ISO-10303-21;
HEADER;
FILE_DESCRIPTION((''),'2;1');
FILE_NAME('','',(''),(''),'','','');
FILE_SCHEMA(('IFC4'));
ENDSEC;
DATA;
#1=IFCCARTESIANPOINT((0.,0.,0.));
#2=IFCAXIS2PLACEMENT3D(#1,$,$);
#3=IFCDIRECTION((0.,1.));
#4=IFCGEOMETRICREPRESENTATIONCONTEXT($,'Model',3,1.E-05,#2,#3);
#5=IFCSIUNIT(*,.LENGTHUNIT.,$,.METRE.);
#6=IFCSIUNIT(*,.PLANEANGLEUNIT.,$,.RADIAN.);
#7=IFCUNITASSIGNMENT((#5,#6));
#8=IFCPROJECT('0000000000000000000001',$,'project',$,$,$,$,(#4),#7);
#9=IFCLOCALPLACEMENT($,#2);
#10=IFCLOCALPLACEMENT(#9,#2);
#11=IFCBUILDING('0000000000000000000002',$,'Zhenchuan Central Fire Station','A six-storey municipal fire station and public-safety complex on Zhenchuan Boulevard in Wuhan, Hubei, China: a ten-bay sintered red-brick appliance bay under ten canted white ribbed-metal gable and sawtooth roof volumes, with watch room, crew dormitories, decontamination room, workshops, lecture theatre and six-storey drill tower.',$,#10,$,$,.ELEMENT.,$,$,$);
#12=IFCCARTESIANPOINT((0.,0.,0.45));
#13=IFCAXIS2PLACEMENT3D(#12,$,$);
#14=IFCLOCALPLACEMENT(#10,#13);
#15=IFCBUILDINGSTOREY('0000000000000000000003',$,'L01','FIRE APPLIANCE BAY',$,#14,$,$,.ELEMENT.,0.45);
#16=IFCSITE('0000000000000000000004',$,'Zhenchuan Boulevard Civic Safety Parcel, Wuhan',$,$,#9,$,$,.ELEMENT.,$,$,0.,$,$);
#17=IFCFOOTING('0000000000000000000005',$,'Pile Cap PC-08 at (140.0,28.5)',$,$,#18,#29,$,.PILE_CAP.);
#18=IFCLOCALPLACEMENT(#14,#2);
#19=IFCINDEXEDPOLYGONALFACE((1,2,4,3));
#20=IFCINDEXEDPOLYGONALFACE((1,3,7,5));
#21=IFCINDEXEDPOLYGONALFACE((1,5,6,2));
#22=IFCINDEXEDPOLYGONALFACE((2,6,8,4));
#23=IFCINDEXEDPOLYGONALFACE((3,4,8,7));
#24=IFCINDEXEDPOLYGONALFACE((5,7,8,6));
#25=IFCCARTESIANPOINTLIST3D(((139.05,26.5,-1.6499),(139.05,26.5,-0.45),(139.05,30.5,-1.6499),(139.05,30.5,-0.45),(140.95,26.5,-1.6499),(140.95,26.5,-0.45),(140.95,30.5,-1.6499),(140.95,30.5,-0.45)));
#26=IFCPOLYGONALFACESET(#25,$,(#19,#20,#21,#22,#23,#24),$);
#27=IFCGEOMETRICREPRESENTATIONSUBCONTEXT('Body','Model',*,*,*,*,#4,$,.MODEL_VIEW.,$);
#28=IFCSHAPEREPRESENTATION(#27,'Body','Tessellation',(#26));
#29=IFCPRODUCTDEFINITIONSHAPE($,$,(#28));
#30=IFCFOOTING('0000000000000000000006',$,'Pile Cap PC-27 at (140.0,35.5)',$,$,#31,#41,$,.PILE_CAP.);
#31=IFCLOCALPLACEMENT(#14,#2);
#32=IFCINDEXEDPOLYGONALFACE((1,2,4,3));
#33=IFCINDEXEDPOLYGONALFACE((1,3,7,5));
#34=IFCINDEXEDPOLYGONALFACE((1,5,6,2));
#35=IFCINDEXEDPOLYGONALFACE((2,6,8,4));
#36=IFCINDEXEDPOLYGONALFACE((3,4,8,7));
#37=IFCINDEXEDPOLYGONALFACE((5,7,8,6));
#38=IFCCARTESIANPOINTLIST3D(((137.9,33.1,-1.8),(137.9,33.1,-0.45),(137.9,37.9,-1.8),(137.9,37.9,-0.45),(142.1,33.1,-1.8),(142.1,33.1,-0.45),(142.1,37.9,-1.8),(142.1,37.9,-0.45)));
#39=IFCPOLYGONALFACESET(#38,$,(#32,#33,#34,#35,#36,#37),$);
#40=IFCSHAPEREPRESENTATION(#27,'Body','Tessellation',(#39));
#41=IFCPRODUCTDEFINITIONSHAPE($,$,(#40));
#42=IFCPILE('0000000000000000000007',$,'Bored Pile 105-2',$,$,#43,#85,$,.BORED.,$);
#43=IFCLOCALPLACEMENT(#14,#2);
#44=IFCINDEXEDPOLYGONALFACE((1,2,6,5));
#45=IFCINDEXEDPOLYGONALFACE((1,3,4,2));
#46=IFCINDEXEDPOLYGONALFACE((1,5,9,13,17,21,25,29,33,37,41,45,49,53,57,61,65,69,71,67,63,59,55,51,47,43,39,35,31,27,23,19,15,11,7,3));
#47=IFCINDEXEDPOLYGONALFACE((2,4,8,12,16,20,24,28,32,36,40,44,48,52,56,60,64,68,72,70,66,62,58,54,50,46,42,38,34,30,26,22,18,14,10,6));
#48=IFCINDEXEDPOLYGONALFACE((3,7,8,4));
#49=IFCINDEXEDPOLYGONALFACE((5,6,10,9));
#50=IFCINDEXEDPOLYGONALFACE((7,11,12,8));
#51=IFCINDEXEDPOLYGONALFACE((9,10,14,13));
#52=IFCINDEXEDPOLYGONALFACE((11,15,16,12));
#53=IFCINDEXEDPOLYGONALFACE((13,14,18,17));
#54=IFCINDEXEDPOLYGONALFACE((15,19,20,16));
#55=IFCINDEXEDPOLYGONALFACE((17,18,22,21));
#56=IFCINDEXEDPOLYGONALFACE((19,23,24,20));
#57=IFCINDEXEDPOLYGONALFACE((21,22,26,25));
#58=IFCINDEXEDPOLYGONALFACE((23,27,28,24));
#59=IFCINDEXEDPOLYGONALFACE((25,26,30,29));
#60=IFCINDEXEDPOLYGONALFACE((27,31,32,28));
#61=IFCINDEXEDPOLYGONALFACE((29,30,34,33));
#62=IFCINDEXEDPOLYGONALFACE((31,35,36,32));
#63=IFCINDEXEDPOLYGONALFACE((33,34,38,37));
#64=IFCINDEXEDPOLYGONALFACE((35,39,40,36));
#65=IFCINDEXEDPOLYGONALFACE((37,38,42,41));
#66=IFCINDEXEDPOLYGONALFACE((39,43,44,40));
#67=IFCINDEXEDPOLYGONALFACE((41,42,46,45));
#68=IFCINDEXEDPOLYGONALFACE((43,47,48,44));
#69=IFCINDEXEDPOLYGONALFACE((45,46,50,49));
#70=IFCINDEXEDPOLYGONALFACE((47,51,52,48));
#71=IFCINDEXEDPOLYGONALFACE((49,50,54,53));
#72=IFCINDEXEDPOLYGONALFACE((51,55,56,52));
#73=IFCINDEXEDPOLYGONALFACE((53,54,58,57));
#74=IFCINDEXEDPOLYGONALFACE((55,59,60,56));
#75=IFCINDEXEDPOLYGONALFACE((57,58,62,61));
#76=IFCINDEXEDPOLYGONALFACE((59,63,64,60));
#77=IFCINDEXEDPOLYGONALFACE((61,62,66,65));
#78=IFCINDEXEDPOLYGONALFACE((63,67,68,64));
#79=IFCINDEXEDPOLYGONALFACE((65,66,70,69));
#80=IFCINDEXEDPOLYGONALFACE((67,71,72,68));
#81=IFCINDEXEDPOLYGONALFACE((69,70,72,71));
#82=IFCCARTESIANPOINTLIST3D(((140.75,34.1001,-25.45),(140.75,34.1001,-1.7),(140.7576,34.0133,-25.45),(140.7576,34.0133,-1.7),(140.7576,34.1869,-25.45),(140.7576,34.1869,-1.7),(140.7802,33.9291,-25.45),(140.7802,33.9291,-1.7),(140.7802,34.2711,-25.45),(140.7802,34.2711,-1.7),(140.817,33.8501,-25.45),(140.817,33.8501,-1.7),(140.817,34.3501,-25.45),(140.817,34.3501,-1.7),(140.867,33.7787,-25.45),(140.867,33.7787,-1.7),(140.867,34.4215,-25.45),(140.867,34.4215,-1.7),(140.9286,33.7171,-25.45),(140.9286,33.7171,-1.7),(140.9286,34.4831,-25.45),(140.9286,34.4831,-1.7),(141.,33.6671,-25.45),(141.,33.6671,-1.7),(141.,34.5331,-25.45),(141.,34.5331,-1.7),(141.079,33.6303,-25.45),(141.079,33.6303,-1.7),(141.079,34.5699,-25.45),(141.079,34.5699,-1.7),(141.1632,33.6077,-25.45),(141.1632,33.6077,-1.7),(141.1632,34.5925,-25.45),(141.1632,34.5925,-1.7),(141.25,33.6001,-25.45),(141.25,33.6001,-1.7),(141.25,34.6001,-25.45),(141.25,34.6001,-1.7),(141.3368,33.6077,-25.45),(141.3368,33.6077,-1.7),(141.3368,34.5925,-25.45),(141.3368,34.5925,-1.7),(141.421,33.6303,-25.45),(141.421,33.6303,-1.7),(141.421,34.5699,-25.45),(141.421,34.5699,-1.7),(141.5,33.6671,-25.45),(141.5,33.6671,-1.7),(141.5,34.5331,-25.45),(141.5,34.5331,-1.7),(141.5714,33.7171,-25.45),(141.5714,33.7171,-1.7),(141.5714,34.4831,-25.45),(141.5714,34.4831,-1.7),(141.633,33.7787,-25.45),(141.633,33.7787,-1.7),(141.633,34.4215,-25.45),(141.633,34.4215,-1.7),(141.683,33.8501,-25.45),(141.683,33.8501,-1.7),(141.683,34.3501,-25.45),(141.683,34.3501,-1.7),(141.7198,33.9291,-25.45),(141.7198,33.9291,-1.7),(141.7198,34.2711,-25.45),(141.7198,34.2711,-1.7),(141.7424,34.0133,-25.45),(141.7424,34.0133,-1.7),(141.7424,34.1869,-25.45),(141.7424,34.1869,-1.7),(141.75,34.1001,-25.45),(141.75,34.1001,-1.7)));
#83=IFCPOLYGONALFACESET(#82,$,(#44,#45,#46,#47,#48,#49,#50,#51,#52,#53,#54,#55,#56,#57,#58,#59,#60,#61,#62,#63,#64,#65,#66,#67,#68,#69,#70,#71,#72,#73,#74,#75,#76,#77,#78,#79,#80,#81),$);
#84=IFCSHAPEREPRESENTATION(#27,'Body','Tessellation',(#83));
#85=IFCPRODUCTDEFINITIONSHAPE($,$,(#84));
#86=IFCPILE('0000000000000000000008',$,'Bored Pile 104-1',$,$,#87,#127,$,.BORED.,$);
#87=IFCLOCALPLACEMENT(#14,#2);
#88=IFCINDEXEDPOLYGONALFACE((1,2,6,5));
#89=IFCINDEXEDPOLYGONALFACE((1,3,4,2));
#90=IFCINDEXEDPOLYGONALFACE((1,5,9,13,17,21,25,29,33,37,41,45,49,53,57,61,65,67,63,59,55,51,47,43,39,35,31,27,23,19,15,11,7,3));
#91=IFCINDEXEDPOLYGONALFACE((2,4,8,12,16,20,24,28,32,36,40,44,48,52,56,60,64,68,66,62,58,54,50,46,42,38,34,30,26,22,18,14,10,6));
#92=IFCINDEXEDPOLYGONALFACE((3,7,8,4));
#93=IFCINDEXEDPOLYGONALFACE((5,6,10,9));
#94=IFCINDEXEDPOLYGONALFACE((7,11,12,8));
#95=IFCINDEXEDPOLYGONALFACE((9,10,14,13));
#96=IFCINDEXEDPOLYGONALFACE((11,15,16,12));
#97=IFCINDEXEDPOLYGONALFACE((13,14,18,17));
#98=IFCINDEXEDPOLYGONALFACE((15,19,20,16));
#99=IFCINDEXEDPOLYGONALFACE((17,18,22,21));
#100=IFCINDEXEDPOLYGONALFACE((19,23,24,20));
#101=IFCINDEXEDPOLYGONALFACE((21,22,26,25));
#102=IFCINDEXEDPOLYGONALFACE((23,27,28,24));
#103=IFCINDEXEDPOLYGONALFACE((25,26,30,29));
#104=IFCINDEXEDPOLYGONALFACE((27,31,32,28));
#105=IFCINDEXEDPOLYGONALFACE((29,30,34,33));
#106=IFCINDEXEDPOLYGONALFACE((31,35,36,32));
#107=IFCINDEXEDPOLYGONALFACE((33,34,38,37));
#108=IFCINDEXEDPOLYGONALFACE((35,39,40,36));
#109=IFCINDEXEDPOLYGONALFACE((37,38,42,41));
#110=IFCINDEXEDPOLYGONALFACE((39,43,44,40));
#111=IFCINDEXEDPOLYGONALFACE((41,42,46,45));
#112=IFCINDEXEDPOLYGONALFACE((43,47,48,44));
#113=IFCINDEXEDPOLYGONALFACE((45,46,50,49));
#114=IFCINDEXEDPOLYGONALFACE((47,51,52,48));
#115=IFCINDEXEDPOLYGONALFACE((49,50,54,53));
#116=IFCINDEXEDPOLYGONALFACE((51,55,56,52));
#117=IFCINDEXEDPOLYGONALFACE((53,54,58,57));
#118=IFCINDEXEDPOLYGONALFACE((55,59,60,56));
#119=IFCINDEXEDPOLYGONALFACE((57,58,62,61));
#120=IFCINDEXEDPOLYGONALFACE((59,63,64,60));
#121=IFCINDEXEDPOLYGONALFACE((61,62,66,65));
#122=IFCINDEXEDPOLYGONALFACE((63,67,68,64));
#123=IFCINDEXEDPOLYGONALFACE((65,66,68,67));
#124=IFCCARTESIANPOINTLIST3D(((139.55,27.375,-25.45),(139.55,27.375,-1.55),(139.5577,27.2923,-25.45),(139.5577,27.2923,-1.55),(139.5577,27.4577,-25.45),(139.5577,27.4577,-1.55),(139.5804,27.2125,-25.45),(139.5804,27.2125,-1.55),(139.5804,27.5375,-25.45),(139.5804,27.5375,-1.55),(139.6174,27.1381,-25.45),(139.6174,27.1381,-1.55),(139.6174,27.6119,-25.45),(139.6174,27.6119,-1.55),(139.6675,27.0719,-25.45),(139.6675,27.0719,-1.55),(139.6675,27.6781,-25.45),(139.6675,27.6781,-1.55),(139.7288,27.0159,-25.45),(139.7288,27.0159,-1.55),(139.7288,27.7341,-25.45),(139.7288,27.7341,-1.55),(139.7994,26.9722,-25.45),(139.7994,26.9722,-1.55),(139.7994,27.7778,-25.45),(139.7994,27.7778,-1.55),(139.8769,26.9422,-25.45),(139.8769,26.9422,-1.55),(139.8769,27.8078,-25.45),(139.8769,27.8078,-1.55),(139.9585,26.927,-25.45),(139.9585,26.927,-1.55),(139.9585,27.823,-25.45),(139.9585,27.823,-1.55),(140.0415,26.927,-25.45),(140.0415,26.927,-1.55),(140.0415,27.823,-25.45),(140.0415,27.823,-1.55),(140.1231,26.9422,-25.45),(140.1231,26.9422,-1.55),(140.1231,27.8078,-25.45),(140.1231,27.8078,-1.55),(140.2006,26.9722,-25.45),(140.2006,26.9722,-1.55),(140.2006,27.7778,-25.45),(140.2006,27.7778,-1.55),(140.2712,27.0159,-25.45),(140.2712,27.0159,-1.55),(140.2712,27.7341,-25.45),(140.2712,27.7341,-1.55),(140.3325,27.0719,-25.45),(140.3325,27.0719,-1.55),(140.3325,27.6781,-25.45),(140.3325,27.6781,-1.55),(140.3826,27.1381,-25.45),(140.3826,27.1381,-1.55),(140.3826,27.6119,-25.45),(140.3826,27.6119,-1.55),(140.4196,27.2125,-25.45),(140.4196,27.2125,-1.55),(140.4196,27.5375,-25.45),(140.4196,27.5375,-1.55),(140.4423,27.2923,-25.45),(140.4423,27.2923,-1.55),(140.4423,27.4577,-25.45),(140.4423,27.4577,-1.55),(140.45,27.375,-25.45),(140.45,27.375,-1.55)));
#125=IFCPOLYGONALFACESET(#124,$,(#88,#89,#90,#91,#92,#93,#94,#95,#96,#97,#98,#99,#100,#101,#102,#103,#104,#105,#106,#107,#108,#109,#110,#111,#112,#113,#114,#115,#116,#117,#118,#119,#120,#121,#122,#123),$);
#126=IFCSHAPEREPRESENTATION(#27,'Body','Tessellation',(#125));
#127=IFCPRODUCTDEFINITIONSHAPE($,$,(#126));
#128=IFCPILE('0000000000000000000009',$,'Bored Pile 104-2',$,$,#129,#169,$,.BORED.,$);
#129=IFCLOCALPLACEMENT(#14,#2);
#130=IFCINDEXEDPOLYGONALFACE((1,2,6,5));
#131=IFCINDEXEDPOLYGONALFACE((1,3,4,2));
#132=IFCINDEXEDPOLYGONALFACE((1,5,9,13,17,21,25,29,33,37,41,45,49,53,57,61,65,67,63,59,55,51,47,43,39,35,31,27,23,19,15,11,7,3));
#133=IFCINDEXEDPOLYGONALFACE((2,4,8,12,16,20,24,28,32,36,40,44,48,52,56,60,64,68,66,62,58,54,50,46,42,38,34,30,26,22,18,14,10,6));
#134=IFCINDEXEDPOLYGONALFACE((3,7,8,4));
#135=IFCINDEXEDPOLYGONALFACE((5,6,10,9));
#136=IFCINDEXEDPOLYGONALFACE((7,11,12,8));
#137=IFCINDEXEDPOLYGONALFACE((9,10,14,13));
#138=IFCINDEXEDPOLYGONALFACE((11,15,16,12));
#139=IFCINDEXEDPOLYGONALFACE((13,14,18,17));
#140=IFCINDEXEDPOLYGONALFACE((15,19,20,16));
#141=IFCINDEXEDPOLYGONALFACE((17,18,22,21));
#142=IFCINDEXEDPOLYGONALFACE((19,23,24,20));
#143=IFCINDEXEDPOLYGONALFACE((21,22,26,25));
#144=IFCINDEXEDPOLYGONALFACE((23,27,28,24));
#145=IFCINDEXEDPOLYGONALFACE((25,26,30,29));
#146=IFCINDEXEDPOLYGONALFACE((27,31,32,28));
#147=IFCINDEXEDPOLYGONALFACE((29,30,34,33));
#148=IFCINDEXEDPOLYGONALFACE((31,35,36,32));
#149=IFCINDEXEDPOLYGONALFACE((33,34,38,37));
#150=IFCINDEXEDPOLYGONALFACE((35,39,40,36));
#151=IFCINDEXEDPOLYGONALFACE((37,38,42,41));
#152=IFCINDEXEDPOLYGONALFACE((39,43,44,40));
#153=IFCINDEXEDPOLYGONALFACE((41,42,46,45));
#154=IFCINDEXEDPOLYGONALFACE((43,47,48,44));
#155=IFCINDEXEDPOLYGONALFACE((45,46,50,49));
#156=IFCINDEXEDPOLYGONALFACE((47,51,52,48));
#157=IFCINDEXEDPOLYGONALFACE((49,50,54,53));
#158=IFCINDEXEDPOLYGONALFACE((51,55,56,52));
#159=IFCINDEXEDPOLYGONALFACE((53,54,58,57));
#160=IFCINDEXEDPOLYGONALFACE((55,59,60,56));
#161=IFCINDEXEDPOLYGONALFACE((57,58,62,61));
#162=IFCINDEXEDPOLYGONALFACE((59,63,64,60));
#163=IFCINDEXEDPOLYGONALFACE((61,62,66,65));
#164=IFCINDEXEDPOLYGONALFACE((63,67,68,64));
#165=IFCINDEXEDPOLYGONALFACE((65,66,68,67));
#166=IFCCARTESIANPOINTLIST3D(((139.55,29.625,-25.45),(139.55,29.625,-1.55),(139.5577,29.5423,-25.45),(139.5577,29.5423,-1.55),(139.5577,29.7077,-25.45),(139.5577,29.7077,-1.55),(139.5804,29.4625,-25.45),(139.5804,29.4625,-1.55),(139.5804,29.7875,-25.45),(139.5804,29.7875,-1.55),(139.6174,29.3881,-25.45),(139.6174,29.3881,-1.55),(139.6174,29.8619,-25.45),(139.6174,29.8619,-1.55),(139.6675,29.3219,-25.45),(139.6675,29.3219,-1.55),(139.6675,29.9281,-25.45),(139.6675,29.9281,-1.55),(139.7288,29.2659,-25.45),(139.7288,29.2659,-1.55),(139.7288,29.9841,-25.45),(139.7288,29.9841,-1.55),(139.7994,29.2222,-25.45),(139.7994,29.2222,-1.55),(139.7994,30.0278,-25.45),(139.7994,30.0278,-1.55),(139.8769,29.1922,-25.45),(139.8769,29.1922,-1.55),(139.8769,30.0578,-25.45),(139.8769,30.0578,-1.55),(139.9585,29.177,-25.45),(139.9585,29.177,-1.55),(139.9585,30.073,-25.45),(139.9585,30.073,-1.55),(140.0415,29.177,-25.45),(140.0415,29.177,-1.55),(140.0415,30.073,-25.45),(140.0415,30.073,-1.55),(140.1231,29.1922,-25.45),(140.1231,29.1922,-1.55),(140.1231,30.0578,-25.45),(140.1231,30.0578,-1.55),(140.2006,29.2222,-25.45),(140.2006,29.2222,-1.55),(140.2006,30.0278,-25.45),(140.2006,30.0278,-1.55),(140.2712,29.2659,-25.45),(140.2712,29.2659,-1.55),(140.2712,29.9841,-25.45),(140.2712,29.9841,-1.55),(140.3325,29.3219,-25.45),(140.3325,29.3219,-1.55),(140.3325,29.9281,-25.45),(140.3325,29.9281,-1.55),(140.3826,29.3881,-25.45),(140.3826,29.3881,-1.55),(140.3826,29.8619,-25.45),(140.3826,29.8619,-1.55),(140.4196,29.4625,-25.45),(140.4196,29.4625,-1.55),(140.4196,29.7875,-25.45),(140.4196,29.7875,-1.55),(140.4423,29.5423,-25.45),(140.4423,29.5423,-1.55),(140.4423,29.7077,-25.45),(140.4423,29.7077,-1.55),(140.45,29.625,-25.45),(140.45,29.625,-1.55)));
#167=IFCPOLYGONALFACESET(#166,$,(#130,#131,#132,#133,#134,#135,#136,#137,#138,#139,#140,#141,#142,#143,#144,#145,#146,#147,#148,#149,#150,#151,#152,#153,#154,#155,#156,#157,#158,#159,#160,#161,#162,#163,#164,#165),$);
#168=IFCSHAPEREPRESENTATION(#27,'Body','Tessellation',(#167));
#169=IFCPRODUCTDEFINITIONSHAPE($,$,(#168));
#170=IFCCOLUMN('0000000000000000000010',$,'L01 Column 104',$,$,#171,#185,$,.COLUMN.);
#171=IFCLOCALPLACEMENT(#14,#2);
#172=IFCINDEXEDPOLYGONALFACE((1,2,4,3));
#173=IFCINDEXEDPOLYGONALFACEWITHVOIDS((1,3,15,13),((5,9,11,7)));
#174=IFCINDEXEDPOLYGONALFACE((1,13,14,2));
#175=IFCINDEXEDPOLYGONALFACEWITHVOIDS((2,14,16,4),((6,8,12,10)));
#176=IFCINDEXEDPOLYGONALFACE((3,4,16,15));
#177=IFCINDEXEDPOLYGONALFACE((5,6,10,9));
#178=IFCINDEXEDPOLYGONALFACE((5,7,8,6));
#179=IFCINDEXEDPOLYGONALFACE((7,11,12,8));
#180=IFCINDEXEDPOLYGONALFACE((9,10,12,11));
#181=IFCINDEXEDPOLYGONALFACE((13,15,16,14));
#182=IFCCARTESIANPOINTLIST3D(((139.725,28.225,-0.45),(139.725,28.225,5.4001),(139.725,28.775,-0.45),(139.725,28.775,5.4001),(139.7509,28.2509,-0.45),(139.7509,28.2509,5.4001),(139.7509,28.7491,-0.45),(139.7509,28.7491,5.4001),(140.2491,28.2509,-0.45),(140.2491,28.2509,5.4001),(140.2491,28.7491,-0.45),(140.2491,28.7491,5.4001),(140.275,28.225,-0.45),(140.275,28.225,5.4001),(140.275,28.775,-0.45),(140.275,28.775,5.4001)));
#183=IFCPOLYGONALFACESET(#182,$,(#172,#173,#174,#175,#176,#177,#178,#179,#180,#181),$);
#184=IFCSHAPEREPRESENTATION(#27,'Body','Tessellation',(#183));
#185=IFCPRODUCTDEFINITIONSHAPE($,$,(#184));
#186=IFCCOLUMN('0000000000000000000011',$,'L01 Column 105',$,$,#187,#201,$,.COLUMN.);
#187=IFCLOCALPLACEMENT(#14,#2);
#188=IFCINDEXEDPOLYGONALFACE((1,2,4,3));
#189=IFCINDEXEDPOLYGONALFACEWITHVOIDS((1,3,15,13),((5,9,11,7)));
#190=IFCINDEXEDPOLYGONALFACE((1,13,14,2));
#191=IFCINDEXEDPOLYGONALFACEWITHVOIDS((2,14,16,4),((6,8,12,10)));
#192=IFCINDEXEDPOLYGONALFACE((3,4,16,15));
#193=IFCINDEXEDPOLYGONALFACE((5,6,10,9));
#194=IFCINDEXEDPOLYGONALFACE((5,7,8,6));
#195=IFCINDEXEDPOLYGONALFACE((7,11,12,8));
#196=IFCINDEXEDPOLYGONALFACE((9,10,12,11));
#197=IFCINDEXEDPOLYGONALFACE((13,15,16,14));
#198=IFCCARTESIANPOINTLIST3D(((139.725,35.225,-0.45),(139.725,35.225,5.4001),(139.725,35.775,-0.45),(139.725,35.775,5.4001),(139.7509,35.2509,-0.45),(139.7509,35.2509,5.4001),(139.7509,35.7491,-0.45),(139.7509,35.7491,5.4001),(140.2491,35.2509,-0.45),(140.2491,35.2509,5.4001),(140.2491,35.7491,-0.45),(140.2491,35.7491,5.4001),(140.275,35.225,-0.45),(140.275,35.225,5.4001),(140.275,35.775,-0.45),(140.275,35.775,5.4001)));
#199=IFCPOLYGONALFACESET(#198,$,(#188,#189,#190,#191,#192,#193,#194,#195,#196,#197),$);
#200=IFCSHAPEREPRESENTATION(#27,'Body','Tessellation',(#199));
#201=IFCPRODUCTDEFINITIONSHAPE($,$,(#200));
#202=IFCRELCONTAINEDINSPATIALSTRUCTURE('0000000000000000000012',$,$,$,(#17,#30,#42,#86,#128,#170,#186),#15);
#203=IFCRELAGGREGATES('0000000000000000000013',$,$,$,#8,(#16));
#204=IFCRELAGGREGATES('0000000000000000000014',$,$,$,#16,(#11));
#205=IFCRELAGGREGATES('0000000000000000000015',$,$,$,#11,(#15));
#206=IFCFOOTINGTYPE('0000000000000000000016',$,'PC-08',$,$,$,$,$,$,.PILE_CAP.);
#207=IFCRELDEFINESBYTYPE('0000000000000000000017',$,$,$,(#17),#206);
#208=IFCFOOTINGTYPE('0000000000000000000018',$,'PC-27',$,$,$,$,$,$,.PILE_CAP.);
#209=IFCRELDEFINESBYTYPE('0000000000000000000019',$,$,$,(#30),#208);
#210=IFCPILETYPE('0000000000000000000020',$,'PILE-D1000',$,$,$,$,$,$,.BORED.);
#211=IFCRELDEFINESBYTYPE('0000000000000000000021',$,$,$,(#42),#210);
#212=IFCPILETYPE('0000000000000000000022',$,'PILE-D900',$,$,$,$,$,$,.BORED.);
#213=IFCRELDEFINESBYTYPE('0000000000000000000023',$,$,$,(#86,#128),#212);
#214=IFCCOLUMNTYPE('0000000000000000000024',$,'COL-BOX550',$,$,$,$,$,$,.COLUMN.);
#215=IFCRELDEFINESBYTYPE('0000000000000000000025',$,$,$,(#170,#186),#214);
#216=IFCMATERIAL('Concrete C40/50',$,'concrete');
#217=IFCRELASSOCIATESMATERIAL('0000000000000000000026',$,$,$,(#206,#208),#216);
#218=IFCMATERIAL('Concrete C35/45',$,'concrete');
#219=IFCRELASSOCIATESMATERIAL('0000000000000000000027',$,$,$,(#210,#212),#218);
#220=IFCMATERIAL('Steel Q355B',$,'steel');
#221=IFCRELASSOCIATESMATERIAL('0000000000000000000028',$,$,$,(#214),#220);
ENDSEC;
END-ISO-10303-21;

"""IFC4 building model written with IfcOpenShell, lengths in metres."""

from ifc_helpers import new_model, si_unit, direction, frame, origin, origin_2d, place, context, subcontext, project, spatial, rectangle, hollow_rectangle, circle, extrude, material, material_profile, profile_set, type_object, element, save


model = new_model("IFC4")

# Units and contexts
model_context = context("Model", 3, precision=1e-05, world=origin(), true_north=direction((0.0, 1.0)))
body_context = subcontext(model_context, "Body", "Model", "MODEL_VIEW")
ifc_project = project(units=[si_unit("LENGTHUNIT", "METRE"), si_unit("PLANEANGLEUNIT", "RADIAN")], contexts=[model_context])

# Site, building, storey
site_placement = place(None, origin())
site = spatial("IfcSite", under=ifc_project, at=site_placement, Name="Zhenchuan Boulevard Civic Safety Parcel, Wuhan", CompositionType="ELEMENT", RefElevation=0.0)
building_placement = place(site_placement, origin())
building = spatial("IfcBuilding", under=site, at=building_placement, Name="Zhenchuan Central Fire Station", Description="A six-storey municipal fire station and public-safety complex on Zhenchuan Boulevard in Wuhan, Hubei, China: a ten-bay sintered red-brick appliance bay under ten canted white ribbed-metal gable and sawtooth roof volumes, with watch room, crew dormitories, decontamination room, workshops, lecture theatre and six-storey drill tower.", CompositionType="ELEMENT")
storey_placement = place(building_placement, frame((0.0, 0.0, 0.45)))
storey = spatial("IfcBuildingStorey", under=building, at=storey_placement, Name="L01", Description="FIRE APPLIANCE BAY", CompositionType="ELEMENT", Elevation=0.45)

# Footings
ifc_material_1 = material(Name="Concrete C40/50", Category="concrete")
footing_type_1 = type_object("IfcFootingType", Name="PC-08", PredefinedType="PILE_CAP", material=ifc_material_1)
footing_1_placement = place(storey_placement, frame((140.0, 28.5, -1.6499), z_axis=(0.0, 0.0, 1.0), x_axis=(1.0, 0.0, 0.0)))
element("IfcFooting", 1, at=footing_1_placement, inside=storey, type_object=footing_type_1, Name="Pile Cap PC-08 at (140.0,28.5)", PredefinedType="PILE_CAP", context=body_context, shape_type="SweptSolid", body=[
    extrude(rectangle(XDim=1.8999, YDim=4.0, at=origin_2d()), origin(), (0.0, 0.0, 1.0), 1.2),
])
footing_type_2 = type_object("IfcFootingType", Name="PC-27", PredefinedType="PILE_CAP", material=ifc_material_1)
footing_2_placement = place(storey_placement, frame((140.0, 35.5, -1.8), z_axis=(0.0, 0.0, 1.0), x_axis=(1.0, 0.0, 0.0)))
element("IfcFooting", 2, at=footing_2_placement, inside=storey, type_object=footing_type_2, Name="Pile Cap PC-27 at (140.0,35.5)", PredefinedType="PILE_CAP", context=body_context, shape_type="SweptSolid", body=[
    extrude(rectangle(XDim=4.2, YDim=4.8, at=origin_2d()), origin(), (0.0, 0.0, 1.0), 1.3501),
])

# Piles
ifc_material_2 = material(Name="Concrete C35/45", Category="concrete")
ifc_material_profile_1 = material_profile(ifc_material_2, circle(Radius=0.5, at=origin_2d()), Name="PILE D1000")
ifc_profile_set_1 = profile_set([ifc_material_profile_1], Name="Concrete C35/45")
pile_type_1 = type_object("IfcPileType", Name="PILE-D1000", PredefinedType="BORED", material=ifc_profile_set_1)
pile_placement = place(storey_placement, frame((141.25, 34.1001, -1.7), z_axis=(0.0, 0.0, -1.0), x_axis=(1.0, 0.0, 0.0)))
element("IfcPile", 3, at=pile_placement, inside=storey, type_object=pile_type_1, Name="Bored Pile 105-2", PredefinedType="BORED", context=body_context, shape_type="SweptSolid", body=[
    extrude(circle(Radius=0.5, at=origin_2d()), origin(), (0.0, 0.0, 1.0), 23.75),
])
ifc_material_profile_2 = material_profile(ifc_material_2, circle(Radius=0.45, at=origin_2d()), Name="PILE D900")
ifc_profile_set_2 = profile_set([ifc_material_profile_2], Name="Concrete C35/45")
pile_type_2 = type_object("IfcPileType", Name="PILE-D900", PredefinedType="BORED", material=ifc_profile_set_2)
for number, where, z_axis, x_axis, name in (
    (4, (140.0, 27.375, -1.55), (0.0, 0.0, -1.0), (1.0, 0.0, 0.0), "Bored Pile 104-1"),
    (5, (140.0, 29.625, -1.55), (0.0, 0.0, -1.0), (1.0, 0.0, 0.0), "Bored Pile 104-2"),
):
    element("IfcPile", number, at=place(storey_placement, frame(where, z_axis=z_axis, x_axis=x_axis)), inside=storey, type_object=pile_type_2, Name=name, PredefinedType="BORED", context=body_context, shape_type="SweptSolid", body=[
        extrude(circle(Radius=0.45, at=origin_2d()), origin(), (0.0, 0.0, 1.0), 23.8999),
    ])

# Columns
ifc_material_3 = material(Name="Steel Q355B", Category="steel")
ifc_material_profile_3 = material_profile(ifc_material_3, hollow_rectangle(XDim=0.55, YDim=0.55, WallThickness=0.0259, at=origin_2d()), Name="BOX 550x550x26")
ifc_profile_set_3 = profile_set([ifc_material_profile_3], Name="Steel Q355B")
column_type = type_object("IfcColumnType", Name="COL-BOX550", PredefinedType="COLUMN", material=ifc_profile_set_3)
for number, where, z_axis, x_axis, name in (
    (6, (140.0, 28.5, -0.45), (0.0, 0.0, 1.0), (1.0, 0.0, 0.0), "L01 Column 104"),
    (7, (140.0, 35.5, -0.45), (0.0, 0.0, 1.0), (1.0, 0.0, 0.0), "L01 Column 105"),
):
    element("IfcColumn", number, at=place(storey_placement, frame(where, z_axis=z_axis, x_axis=x_axis)), inside=storey, type_object=column_type, Name=name, PredefinedType="COLUMN", context=body_context, shape_type="SweptSolid", body=[
        extrude(hollow_rectangle(XDim=0.55, YDim=0.55, WallThickness=0.0259, at=origin_2d()), origin(), (0.0, 0.0, 1.0), 5.8501),
    ])

save(model, "model.ifc")
